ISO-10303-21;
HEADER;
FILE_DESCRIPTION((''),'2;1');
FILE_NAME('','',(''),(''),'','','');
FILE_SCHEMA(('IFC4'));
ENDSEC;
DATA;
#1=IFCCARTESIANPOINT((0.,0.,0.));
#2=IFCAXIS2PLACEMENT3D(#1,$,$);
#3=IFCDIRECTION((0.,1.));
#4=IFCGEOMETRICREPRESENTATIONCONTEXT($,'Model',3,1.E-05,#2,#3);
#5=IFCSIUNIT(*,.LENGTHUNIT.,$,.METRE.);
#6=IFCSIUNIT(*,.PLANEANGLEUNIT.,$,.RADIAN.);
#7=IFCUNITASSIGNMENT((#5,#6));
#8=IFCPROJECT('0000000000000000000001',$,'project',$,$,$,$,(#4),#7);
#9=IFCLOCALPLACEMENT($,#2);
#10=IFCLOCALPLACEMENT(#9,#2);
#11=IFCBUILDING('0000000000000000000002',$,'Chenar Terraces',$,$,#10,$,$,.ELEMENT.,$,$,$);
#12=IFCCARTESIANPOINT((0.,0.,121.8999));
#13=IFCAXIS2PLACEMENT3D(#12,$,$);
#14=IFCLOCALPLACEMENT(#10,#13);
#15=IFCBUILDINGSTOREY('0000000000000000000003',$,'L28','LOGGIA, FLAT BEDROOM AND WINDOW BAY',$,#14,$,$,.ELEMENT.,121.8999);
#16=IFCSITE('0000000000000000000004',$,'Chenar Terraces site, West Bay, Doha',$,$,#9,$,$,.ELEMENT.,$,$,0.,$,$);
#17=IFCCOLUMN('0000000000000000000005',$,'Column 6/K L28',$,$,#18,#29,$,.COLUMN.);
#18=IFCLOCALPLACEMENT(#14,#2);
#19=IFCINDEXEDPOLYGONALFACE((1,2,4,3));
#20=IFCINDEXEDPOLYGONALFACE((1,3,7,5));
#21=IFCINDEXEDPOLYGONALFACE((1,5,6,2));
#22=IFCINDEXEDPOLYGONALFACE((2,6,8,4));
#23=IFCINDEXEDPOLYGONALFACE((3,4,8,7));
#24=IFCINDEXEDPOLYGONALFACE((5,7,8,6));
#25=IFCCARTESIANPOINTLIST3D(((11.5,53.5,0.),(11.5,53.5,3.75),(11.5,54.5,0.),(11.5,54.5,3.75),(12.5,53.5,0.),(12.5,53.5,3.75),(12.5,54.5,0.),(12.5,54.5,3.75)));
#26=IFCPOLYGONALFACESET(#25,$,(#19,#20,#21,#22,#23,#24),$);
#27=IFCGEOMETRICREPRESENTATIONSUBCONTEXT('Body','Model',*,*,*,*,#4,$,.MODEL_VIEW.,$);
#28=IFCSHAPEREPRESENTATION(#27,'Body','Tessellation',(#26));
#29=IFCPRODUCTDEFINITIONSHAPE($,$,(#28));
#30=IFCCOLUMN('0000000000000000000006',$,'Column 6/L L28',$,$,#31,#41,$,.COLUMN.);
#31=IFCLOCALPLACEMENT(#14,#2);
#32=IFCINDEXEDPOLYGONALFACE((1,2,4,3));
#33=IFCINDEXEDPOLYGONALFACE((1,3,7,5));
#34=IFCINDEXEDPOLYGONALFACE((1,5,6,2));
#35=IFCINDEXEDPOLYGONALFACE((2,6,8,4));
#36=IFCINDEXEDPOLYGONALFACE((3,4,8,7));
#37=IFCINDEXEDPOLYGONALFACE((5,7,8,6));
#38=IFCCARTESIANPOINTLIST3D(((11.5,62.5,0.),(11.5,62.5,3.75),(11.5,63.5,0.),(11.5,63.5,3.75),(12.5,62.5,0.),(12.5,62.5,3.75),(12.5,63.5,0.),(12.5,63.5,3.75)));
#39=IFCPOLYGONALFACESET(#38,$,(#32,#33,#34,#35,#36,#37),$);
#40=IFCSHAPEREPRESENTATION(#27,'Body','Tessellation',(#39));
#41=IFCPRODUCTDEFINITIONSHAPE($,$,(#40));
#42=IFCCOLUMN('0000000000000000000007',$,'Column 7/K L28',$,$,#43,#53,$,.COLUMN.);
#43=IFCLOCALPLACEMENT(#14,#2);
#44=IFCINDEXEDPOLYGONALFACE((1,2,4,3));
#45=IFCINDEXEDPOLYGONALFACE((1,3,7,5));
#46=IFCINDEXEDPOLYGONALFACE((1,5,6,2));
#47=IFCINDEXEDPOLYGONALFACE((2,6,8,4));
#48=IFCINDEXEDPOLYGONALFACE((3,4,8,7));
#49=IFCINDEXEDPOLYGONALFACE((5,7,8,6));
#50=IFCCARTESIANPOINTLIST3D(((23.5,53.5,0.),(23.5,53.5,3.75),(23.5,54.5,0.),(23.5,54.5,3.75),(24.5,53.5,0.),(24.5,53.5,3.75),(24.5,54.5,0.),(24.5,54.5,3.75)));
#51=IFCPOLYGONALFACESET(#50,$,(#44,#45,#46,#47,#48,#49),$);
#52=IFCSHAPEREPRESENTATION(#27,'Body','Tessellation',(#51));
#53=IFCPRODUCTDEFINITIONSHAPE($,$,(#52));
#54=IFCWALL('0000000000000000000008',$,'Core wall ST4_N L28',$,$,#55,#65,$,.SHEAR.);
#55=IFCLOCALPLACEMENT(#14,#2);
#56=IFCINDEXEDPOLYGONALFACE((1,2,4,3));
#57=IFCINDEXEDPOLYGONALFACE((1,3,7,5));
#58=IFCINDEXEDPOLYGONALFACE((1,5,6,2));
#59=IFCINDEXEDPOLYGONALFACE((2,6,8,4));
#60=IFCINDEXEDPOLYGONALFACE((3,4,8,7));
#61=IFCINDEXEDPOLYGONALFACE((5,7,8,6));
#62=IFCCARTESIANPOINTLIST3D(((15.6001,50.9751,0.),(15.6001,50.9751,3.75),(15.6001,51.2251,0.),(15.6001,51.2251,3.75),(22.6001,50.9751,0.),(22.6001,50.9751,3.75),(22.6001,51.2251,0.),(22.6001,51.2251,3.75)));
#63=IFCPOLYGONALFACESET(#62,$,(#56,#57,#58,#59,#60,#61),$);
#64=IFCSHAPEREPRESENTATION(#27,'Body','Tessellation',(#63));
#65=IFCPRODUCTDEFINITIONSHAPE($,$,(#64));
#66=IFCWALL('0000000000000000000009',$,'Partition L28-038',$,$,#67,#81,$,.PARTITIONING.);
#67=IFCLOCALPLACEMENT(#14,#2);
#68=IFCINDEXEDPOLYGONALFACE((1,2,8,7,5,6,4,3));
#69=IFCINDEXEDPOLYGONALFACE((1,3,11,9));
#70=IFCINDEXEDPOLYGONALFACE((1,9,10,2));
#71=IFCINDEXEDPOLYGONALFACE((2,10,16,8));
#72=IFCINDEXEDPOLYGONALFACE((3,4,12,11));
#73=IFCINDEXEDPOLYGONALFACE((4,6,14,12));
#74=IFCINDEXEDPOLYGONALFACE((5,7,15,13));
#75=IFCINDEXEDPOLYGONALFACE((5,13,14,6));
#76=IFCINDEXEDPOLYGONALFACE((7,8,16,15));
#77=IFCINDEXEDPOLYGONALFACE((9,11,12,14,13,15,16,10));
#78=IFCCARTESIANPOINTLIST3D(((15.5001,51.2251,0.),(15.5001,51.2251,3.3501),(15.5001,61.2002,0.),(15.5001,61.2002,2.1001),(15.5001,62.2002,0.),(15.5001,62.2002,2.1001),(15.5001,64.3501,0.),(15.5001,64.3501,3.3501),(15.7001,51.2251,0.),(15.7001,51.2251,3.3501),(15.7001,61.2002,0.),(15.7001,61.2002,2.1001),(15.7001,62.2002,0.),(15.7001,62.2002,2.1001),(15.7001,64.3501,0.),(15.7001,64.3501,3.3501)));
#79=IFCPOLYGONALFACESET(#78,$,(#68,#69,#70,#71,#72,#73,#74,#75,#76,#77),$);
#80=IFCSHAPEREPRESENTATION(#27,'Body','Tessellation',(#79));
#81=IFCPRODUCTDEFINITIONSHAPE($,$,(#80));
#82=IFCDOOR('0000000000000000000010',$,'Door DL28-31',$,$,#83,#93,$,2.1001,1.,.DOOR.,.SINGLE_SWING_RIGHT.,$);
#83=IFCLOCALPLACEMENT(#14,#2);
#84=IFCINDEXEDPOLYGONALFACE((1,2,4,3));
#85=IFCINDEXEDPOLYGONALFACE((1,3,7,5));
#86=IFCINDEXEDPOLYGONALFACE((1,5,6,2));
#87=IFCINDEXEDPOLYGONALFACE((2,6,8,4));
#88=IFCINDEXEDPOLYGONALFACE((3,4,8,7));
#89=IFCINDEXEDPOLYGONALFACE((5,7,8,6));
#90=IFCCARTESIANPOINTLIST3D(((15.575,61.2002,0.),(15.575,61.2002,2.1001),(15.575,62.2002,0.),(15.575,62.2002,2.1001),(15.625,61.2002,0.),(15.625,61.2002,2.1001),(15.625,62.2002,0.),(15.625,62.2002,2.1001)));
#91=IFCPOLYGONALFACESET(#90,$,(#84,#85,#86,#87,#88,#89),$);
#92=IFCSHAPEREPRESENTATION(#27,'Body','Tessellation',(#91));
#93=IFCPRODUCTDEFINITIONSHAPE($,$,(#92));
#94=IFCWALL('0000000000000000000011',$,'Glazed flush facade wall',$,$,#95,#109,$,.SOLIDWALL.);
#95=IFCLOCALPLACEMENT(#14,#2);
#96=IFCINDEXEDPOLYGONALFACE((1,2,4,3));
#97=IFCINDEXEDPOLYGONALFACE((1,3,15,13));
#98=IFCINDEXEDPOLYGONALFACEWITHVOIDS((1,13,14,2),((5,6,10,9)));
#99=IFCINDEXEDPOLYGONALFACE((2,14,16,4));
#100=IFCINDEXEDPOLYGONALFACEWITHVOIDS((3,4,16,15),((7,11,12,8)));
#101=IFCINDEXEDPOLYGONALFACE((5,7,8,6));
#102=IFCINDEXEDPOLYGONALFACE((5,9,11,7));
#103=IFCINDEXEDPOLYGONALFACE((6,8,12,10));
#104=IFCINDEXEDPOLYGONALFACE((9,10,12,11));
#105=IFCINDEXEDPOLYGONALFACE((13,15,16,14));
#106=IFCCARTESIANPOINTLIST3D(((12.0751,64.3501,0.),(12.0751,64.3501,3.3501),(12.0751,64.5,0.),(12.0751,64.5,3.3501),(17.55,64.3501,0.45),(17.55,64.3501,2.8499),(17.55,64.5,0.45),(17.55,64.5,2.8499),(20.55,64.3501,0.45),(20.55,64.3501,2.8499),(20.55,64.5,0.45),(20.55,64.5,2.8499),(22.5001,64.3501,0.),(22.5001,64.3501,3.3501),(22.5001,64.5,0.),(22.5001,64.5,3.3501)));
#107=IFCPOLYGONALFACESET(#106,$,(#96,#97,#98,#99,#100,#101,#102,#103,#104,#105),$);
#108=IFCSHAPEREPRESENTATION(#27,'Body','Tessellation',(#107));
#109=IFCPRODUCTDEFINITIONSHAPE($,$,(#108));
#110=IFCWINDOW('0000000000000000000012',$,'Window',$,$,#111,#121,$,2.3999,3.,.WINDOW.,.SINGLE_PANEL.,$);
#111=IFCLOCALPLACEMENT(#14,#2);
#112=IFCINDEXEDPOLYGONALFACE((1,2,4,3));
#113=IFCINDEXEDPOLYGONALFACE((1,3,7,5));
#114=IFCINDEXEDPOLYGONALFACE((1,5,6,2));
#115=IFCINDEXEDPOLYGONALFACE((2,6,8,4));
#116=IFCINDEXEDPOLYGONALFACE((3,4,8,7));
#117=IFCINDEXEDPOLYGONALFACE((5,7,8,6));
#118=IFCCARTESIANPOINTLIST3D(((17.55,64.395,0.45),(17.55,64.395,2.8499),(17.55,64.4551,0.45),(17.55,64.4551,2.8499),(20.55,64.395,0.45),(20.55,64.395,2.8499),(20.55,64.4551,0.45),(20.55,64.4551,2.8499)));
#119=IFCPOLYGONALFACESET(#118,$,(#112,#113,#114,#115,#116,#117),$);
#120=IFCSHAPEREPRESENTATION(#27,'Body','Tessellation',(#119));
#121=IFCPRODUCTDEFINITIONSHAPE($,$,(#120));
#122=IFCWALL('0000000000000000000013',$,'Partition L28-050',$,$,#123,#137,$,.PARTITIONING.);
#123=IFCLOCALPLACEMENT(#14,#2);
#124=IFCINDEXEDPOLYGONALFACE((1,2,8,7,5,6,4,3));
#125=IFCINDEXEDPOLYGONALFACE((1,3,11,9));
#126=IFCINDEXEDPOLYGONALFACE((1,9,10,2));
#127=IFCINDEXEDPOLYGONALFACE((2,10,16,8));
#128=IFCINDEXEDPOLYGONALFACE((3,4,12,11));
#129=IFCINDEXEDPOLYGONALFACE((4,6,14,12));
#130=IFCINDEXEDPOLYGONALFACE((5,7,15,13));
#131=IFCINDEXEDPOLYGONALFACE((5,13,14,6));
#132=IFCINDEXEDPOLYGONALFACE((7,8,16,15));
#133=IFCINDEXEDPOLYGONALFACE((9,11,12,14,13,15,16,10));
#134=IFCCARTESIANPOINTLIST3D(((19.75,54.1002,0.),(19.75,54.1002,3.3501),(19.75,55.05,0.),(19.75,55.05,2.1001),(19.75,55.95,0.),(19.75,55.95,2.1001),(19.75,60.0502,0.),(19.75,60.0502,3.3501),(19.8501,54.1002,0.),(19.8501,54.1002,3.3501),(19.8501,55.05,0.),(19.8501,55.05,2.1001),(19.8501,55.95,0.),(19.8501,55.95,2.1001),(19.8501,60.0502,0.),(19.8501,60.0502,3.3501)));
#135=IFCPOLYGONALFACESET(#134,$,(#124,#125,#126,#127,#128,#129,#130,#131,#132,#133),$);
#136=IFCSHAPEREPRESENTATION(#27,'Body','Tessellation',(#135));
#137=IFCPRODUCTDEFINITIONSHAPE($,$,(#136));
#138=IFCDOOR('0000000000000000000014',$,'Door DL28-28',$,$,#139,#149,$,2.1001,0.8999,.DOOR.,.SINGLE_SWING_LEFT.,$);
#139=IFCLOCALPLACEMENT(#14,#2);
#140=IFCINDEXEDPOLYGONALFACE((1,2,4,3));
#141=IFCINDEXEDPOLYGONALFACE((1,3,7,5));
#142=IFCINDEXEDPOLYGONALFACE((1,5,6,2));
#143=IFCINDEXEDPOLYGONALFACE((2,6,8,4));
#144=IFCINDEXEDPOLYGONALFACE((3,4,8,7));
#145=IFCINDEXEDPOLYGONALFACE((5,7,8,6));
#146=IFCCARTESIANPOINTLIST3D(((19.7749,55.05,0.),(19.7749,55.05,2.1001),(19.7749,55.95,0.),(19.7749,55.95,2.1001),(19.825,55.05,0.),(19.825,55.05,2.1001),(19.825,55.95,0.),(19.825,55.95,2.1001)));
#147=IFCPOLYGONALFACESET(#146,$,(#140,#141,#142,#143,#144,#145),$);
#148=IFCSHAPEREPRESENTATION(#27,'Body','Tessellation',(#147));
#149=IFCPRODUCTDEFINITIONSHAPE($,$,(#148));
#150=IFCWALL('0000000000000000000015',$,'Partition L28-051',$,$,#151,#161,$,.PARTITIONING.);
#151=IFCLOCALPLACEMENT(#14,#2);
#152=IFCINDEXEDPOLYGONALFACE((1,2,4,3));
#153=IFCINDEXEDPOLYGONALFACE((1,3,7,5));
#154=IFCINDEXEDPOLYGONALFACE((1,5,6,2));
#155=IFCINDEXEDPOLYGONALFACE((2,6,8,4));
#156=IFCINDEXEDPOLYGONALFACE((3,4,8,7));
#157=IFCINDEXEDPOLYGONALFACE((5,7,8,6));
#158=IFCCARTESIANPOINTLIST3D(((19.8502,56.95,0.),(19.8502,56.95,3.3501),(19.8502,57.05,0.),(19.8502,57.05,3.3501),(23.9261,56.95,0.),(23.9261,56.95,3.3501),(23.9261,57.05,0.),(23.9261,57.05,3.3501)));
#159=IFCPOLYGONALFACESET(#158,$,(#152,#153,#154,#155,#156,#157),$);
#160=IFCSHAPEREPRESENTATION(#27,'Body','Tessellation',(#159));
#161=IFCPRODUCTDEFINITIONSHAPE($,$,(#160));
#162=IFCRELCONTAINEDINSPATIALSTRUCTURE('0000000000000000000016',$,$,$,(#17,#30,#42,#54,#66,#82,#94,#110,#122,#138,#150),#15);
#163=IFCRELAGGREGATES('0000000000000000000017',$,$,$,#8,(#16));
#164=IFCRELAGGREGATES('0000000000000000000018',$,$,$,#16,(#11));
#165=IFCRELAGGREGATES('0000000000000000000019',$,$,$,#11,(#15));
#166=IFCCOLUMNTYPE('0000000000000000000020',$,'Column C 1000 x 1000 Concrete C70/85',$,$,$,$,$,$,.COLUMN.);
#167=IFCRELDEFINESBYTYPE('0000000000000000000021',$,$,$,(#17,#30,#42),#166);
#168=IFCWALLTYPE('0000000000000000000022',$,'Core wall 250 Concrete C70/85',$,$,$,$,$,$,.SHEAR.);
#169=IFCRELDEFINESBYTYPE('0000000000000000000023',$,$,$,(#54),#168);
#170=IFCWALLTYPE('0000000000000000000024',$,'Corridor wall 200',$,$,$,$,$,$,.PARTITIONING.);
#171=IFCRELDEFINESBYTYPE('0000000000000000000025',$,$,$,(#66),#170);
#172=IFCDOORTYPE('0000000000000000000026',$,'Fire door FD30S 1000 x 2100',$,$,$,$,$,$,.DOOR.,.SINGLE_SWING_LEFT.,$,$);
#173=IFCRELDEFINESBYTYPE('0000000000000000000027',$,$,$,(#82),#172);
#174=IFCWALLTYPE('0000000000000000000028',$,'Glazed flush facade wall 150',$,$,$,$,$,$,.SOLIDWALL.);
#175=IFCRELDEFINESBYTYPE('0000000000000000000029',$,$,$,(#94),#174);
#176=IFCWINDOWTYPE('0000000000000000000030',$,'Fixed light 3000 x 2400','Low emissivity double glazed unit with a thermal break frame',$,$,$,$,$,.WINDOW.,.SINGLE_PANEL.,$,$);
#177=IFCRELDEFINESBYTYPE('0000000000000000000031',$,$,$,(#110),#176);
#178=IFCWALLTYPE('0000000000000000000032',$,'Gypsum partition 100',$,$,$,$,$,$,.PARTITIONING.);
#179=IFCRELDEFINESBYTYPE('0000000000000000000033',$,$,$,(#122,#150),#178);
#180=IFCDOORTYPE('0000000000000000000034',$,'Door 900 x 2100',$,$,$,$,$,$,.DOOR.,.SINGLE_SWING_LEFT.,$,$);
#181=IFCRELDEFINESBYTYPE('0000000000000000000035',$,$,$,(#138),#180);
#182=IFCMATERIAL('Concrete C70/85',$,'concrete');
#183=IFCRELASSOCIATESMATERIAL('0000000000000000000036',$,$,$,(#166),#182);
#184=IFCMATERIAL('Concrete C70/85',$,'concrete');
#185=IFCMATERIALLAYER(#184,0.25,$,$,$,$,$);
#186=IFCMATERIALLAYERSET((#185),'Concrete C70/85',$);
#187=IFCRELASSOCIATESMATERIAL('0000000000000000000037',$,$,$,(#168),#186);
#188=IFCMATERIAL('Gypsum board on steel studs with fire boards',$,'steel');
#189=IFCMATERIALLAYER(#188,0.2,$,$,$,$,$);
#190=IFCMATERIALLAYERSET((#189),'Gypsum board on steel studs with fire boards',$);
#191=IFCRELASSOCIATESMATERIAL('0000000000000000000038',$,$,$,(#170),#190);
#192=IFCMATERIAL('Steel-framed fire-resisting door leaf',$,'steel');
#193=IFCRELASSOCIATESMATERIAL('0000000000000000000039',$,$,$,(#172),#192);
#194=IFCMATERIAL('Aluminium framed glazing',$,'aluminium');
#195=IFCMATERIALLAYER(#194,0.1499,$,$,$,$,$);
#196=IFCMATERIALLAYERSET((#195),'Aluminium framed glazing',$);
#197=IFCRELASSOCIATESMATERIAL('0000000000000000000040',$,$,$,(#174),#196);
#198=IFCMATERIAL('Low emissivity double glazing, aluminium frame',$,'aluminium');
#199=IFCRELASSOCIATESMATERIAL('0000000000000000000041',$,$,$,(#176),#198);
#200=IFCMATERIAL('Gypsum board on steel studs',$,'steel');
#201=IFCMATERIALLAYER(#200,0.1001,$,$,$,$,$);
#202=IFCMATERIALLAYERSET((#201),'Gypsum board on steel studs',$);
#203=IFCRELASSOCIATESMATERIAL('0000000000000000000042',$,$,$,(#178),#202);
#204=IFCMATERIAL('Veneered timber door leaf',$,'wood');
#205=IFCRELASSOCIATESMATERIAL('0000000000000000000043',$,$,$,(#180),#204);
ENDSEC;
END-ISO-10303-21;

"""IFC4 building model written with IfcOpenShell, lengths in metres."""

from ifc_helpers import new_model, si_unit, direction, frame, frame_2d, origin, origin_2d, place, context, subcontext, project, spatial, rectangle, extrude, material, layer, layer_set, material_profile, profile_set, type_object, element, fill, save


model = new_model("IFC4")

# Units and contexts
model_context = context("Model", 3, precision=1e-05, world=origin(), true_north=direction((0.0, 1.0)))
body_context = subcontext(model_context, "Body", "Model", "MODEL_VIEW")
ifc_project = project(units=[si_unit("LENGTHUNIT", "METRE"), si_unit("PLANEANGLEUNIT", "RADIAN")], contexts=[model_context])

# Site, building, storey
site_placement = place(None, origin())
site = spatial("IfcSite", under=ifc_project, at=site_placement, Name="Chenar Terraces site, West Bay, Doha", CompositionType="ELEMENT", RefElevation=0.0)
building_placement = place(site_placement, origin())
building = spatial("IfcBuilding", under=site, at=building_placement, Name="Chenar Terraces", CompositionType="ELEMENT")
storey_placement = place(building_placement, frame((0.0, 0.0, 121.8999)))
storey = spatial("IfcBuildingStorey", under=building, at=storey_placement, Name="L28", Description="LOGGIA, FLAT BEDROOM AND WINDOW BAY", CompositionType="ELEMENT", Elevation=121.8999)

# Columns
ifc_material_1 = material(Name="Concrete C70/85", Category="concrete")
ifc_material_profile_1 = material_profile(ifc_material_1, rectangle(XDim=1.0, YDim=1.0, at=origin_2d()), Name="C 1000 x 1000")
ifc_profile_set_1 = profile_set([ifc_material_profile_1], Name="Concrete C70/85")
column_type = type_object("IfcColumnType", Name="Column C 1000 x 1000 Concrete C70/85", PredefinedType="COLUMN", material=ifc_profile_set_1)
for number, where, z_axis, x_axis, name in (
    (1, (12.0, 54.0, 0.0), (0.0, 0.0, 1.0), (1.0, 0.0, 0.0), "Column 6/K L28"),
    (2, (12.0, 63.0, 0.0), (0.0, 0.0, 1.0), (1.0, 0.0, 0.0), "Column 6/L L28"),
    (3, (24.0, 54.0, 0.0), (0.0, 0.0, 1.0), (1.0, 0.0, 0.0), "Column 7/K L28"),
):
    element("IfcColumn", number, at=place(storey_placement, frame(where, z_axis=z_axis, x_axis=x_axis)), inside=storey, type_object=column_type, Name=name, PredefinedType="COLUMN", context=body_context, shape_type="SweptSolid", body=[
        extrude(rectangle(XDim=1.0, YDim=1.0, at=origin_2d()), origin(), (0.0, 0.0, 1.0), 3.75),
    ])

# Wall
ifc_material_2 = material(Name="Concrete C70/85", Category="concrete")
ifc_layer_1 = layer(ifc_material_2, 0.25)
ifc_layer_set_1 = layer_set([ifc_layer_1], Name="Concrete C70/85")
wall_type_1 = type_object("IfcWallType", Name="Core wall 250 Concrete C70/85", PredefinedType="SHEAR", material=ifc_layer_set_1)
wall_1_placement = place(storey_placement, frame((15.6001, 51.1001, 0.0), z_axis=(0.0, 0.0, 1.0), x_axis=(1.0, 0.0, 0.0)))
element("IfcWall", 4, at=wall_1_placement, inside=storey, type_object=wall_type_1, Name="Core wall ST4_N L28", PredefinedType="SHEAR", context=body_context, shape_type="SweptSolid", body=[
    extrude(rectangle(XDim=7.0, YDim=0.25, at=frame_2d((3.5, 0.0))), origin(), (0.0, 0.0, 1.0), 3.75),
])

# Wall, opening, door
ifc_material_3 = material(Name="Gypsum board on steel studs with fire boards", Category="steel")
ifc_layer_2 = layer(ifc_material_3, 0.2)
ifc_layer_set_2 = layer_set([ifc_layer_2], Name="Gypsum board on steel studs with fire boards")
wall_type_2 = type_object("IfcWallType", Name="Corridor wall 200", PredefinedType="PARTITIONING", material=ifc_layer_set_2)
wall_2_placement = place(storey_placement, frame((15.6001, 51.2251, 0.0), z_axis=(0.0, 0.0, 1.0), x_axis=(0.0, 1.0, 0.0)))
wall_2 = element("IfcWall", 5, at=wall_2_placement, inside=storey, type_object=wall_type_2, Name="Partition L28-038", PredefinedType="PARTITIONING", context=body_context, shape_type="SweptSolid", body=[
    extrude(rectangle(XDim=13.125, YDim=0.2, at=frame_2d((6.5625, 0.0))), origin(), (0.0, 0.0, 1.0), 3.3501),
])
opening_1_placement = place(wall_2_placement, frame((9.9751, 0.0, 0.0)))
opening_1 = element("IfcOpeningElement", 6, at=opening_1_placement, cuts=wall_2, PredefinedType="OPENING", context=body_context, shape_type="SweptSolid", body=[
    extrude(rectangle(XDim=1.0, YDim=2.1001, at=frame_2d((0.5, 1.05))), frame((0.0, 0.1099, 0.0), z_axis=(0.0, -1.0, 0.0), x_axis=(1.0, 0.0, 0.0)), (0.0, 0.0, 1.0), 0.22),
])
ifc_material_4 = material(Name="Steel-framed fire-resisting door leaf", Category="steel")
door_type_1 = type_object("IfcDoorType", Name="Fire door FD30S 1000 x 2100", OperationType="SINGLE_SWING_LEFT", PredefinedType="DOOR", material=ifc_material_4)
door_1_placement = place(opening_1_placement, frame((1.0, 0.0, 0.0), z_axis=(0.0, 0.0, 1.0), x_axis=(-1.0, 0.0, 0.0)))
door_1 = element("IfcDoor", 7, at=door_1_placement, inside=storey, type_object=door_type_1, Name="Door DL28-31", OperationType="SINGLE_SWING_RIGHT", OverallHeight=2.1001, OverallWidth=1.0, PredefinedType="DOOR", context=body_context, shape_type="SweptSolid", body=[
    extrude(rectangle(XDim=1.0, YDim=2.1001, at=frame_2d((0.5, 1.05))), frame((0.0, 0.0249, 0.0), z_axis=(0.0, -1.0, 0.0), x_axis=(1.0, 0.0, 0.0)), (0.0, 0.0, 1.0), 0.05),
])
fill(opening_1, door_1)

# Wall, opening, window
ifc_material_5 = material(Name="Aluminium framed glazing", Category="aluminium")
ifc_layer_3 = layer(ifc_material_5, 0.1499)
ifc_layer_set_3 = layer_set([ifc_layer_3], Name="Aluminium framed glazing")
wall_type_3 = type_object("IfcWallType", Name="Glazed flush facade wall 150", PredefinedType="SOLIDWALL", material=ifc_layer_set_3)
wall_3_placement = place(storey_placement, frame((22.5, 64.425, 0.0), z_axis=(0.0, 0.0, 1.0), x_axis=(-1.0, 0.0, 0.0)))
wall_3 = element("IfcWall", 8, at=wall_3_placement, inside=storey, type_object=wall_type_3, Name="Glazed flush facade wall", PredefinedType="SOLIDWALL", context=body_context, shape_type="SweptSolid", body=[
    extrude(rectangle(XDim=10.425, YDim=0.1499, at=frame_2d((5.2124, 0.0))), origin(), (0.0, 0.0, 1.0), 3.3501),
])
opening_2_placement = place(wall_3_placement, frame((1.95, 0.0, 0.45)))
opening_2 = element("IfcOpeningElement", 9, at=opening_2_placement, cuts=wall_3, PredefinedType="OPENING", context=body_context, shape_type="SweptSolid", body=[
    extrude(rectangle(XDim=3.0, YDim=2.3999, at=frame_2d((1.5, 1.2))), frame((0.0, 0.085, 0.0), z_axis=(0.0, -1.0, 0.0), x_axis=(1.0, 0.0, 0.0)), (0.0, 0.0, 1.0), 0.1699),
])
ifc_material_6 = material(Name="Low emissivity double glazing, aluminium frame", Category="aluminium")
window_type = type_object("IfcWindowType", Name="Fixed light 3000 x 2400", Description="Low emissivity double glazed unit with a thermal break frame", PartitioningType="SINGLE_PANEL", PredefinedType="WINDOW", material=ifc_material_6)
window_placement = place(opening_2_placement, origin())
window = element("IfcWindow", 10, at=window_placement, inside=storey, type_object=window_type, Name="Window", OverallHeight=2.3999, OverallWidth=3.0, PartitioningType="SINGLE_PANEL", PredefinedType="WINDOW", context=body_context, shape_type="SweptSolid", body=[
    extrude(rectangle(XDim=3.0, YDim=2.3999, at=frame_2d((1.5, 1.2))), frame((0.0, 0.03, 0.0), z_axis=(0.0, -1.0, 0.0), x_axis=(1.0, 0.0, 0.0)), (0.0, 0.0, 1.0), 0.0601),
])
fill(opening_2, window)

# Wall, opening, door
ifc_material_7 = material(Name="Gypsum board on steel studs", Category="steel")
ifc_layer_4 = layer(ifc_material_7, 0.1001)
ifc_layer_set_4 = layer_set([ifc_layer_4], Name="Gypsum board on steel studs")
wall_type_4 = type_object("IfcWallType", Name="Gypsum partition 100", PredefinedType="PARTITIONING", material=ifc_layer_set_4)
wall_4_placement = place(storey_placement, frame((19.8, 54.1001, 0.0), z_axis=(0.0, 0.0, 1.0), x_axis=(0.0, 1.0, 0.0)))
wall_4 = element("IfcWall", 11, at=wall_4_placement, inside=storey, type_object=wall_type_4, Name="Partition L28-050", PredefinedType="PARTITIONING", context=body_context, shape_type="SweptSolid", body=[
    extrude(rectangle(XDim=5.95, YDim=0.1001, at=frame_2d((2.9751, 0.0))), origin(), (0.0, 0.0, 1.0), 3.3501),
])
opening_3_placement = place(wall_4_placement, frame((0.95, 0.0, 0.0)))
opening_3 = element("IfcOpeningElement", 12, at=opening_3_placement, cuts=wall_4, PredefinedType="OPENING", context=body_context, shape_type="SweptSolid", body=[
    extrude(rectangle(XDim=0.8999, YDim=2.1001, at=frame_2d((0.45, 1.05))), frame((0.0, 0.0601, 0.0), z_axis=(0.0, -1.0, 0.0), x_axis=(1.0, 0.0, 0.0)), (0.0, 0.0, 1.0), 0.1201),
])
ifc_material_8 = material(Name="Veneered timber door leaf", Category="wood")
door_type_2 = type_object("IfcDoorType", Name="Door 900 x 2100", OperationType="SINGLE_SWING_LEFT", PredefinedType="DOOR", material=ifc_material_8)
door_2_placement = place(opening_3_placement, frame((0.8999, 0.0, 0.0), z_axis=(0.0, 0.0, 1.0), x_axis=(-1.0, 0.0, 0.0)))
door_2 = element("IfcDoor", 13, at=door_2_placement, inside=storey, type_object=door_type_2, Name="Door DL28-28", OperationType="SINGLE_SWING_LEFT", OverallHeight=2.1001, OverallWidth=0.8999, PredefinedType="DOOR", context=body_context, shape_type="SweptSolid", body=[
    extrude(rectangle(XDim=0.8999, YDim=2.1001, at=frame_2d((0.45, 1.05))), frame((0.0, 0.0249, 0.0), z_axis=(0.0, -1.0, 0.0), x_axis=(1.0, 0.0, 0.0)), (0.0, 0.0, 1.0), 0.05),
])
fill(opening_3, door_2)

# Wall
wall_5_placement = place(storey_placement, frame((19.8501, 57.0, 0.0), z_axis=(0.0, 0.0, 1.0), x_axis=(1.0, 0.0, 0.0)))
element("IfcWall", 14, at=wall_5_placement, inside=storey, type_object=wall_type_4, Name="Partition L28-051", PredefinedType="PARTITIONING", context=body_context, shape_type="SweptSolid", body=[
    extrude(rectangle(XDim=4.0759, YDim=0.1001, at=frame_2d((2.0381, 0.0))), origin(), (0.0, 0.0, 1.0), 3.3501),
])

save(model, "model.ifc")
